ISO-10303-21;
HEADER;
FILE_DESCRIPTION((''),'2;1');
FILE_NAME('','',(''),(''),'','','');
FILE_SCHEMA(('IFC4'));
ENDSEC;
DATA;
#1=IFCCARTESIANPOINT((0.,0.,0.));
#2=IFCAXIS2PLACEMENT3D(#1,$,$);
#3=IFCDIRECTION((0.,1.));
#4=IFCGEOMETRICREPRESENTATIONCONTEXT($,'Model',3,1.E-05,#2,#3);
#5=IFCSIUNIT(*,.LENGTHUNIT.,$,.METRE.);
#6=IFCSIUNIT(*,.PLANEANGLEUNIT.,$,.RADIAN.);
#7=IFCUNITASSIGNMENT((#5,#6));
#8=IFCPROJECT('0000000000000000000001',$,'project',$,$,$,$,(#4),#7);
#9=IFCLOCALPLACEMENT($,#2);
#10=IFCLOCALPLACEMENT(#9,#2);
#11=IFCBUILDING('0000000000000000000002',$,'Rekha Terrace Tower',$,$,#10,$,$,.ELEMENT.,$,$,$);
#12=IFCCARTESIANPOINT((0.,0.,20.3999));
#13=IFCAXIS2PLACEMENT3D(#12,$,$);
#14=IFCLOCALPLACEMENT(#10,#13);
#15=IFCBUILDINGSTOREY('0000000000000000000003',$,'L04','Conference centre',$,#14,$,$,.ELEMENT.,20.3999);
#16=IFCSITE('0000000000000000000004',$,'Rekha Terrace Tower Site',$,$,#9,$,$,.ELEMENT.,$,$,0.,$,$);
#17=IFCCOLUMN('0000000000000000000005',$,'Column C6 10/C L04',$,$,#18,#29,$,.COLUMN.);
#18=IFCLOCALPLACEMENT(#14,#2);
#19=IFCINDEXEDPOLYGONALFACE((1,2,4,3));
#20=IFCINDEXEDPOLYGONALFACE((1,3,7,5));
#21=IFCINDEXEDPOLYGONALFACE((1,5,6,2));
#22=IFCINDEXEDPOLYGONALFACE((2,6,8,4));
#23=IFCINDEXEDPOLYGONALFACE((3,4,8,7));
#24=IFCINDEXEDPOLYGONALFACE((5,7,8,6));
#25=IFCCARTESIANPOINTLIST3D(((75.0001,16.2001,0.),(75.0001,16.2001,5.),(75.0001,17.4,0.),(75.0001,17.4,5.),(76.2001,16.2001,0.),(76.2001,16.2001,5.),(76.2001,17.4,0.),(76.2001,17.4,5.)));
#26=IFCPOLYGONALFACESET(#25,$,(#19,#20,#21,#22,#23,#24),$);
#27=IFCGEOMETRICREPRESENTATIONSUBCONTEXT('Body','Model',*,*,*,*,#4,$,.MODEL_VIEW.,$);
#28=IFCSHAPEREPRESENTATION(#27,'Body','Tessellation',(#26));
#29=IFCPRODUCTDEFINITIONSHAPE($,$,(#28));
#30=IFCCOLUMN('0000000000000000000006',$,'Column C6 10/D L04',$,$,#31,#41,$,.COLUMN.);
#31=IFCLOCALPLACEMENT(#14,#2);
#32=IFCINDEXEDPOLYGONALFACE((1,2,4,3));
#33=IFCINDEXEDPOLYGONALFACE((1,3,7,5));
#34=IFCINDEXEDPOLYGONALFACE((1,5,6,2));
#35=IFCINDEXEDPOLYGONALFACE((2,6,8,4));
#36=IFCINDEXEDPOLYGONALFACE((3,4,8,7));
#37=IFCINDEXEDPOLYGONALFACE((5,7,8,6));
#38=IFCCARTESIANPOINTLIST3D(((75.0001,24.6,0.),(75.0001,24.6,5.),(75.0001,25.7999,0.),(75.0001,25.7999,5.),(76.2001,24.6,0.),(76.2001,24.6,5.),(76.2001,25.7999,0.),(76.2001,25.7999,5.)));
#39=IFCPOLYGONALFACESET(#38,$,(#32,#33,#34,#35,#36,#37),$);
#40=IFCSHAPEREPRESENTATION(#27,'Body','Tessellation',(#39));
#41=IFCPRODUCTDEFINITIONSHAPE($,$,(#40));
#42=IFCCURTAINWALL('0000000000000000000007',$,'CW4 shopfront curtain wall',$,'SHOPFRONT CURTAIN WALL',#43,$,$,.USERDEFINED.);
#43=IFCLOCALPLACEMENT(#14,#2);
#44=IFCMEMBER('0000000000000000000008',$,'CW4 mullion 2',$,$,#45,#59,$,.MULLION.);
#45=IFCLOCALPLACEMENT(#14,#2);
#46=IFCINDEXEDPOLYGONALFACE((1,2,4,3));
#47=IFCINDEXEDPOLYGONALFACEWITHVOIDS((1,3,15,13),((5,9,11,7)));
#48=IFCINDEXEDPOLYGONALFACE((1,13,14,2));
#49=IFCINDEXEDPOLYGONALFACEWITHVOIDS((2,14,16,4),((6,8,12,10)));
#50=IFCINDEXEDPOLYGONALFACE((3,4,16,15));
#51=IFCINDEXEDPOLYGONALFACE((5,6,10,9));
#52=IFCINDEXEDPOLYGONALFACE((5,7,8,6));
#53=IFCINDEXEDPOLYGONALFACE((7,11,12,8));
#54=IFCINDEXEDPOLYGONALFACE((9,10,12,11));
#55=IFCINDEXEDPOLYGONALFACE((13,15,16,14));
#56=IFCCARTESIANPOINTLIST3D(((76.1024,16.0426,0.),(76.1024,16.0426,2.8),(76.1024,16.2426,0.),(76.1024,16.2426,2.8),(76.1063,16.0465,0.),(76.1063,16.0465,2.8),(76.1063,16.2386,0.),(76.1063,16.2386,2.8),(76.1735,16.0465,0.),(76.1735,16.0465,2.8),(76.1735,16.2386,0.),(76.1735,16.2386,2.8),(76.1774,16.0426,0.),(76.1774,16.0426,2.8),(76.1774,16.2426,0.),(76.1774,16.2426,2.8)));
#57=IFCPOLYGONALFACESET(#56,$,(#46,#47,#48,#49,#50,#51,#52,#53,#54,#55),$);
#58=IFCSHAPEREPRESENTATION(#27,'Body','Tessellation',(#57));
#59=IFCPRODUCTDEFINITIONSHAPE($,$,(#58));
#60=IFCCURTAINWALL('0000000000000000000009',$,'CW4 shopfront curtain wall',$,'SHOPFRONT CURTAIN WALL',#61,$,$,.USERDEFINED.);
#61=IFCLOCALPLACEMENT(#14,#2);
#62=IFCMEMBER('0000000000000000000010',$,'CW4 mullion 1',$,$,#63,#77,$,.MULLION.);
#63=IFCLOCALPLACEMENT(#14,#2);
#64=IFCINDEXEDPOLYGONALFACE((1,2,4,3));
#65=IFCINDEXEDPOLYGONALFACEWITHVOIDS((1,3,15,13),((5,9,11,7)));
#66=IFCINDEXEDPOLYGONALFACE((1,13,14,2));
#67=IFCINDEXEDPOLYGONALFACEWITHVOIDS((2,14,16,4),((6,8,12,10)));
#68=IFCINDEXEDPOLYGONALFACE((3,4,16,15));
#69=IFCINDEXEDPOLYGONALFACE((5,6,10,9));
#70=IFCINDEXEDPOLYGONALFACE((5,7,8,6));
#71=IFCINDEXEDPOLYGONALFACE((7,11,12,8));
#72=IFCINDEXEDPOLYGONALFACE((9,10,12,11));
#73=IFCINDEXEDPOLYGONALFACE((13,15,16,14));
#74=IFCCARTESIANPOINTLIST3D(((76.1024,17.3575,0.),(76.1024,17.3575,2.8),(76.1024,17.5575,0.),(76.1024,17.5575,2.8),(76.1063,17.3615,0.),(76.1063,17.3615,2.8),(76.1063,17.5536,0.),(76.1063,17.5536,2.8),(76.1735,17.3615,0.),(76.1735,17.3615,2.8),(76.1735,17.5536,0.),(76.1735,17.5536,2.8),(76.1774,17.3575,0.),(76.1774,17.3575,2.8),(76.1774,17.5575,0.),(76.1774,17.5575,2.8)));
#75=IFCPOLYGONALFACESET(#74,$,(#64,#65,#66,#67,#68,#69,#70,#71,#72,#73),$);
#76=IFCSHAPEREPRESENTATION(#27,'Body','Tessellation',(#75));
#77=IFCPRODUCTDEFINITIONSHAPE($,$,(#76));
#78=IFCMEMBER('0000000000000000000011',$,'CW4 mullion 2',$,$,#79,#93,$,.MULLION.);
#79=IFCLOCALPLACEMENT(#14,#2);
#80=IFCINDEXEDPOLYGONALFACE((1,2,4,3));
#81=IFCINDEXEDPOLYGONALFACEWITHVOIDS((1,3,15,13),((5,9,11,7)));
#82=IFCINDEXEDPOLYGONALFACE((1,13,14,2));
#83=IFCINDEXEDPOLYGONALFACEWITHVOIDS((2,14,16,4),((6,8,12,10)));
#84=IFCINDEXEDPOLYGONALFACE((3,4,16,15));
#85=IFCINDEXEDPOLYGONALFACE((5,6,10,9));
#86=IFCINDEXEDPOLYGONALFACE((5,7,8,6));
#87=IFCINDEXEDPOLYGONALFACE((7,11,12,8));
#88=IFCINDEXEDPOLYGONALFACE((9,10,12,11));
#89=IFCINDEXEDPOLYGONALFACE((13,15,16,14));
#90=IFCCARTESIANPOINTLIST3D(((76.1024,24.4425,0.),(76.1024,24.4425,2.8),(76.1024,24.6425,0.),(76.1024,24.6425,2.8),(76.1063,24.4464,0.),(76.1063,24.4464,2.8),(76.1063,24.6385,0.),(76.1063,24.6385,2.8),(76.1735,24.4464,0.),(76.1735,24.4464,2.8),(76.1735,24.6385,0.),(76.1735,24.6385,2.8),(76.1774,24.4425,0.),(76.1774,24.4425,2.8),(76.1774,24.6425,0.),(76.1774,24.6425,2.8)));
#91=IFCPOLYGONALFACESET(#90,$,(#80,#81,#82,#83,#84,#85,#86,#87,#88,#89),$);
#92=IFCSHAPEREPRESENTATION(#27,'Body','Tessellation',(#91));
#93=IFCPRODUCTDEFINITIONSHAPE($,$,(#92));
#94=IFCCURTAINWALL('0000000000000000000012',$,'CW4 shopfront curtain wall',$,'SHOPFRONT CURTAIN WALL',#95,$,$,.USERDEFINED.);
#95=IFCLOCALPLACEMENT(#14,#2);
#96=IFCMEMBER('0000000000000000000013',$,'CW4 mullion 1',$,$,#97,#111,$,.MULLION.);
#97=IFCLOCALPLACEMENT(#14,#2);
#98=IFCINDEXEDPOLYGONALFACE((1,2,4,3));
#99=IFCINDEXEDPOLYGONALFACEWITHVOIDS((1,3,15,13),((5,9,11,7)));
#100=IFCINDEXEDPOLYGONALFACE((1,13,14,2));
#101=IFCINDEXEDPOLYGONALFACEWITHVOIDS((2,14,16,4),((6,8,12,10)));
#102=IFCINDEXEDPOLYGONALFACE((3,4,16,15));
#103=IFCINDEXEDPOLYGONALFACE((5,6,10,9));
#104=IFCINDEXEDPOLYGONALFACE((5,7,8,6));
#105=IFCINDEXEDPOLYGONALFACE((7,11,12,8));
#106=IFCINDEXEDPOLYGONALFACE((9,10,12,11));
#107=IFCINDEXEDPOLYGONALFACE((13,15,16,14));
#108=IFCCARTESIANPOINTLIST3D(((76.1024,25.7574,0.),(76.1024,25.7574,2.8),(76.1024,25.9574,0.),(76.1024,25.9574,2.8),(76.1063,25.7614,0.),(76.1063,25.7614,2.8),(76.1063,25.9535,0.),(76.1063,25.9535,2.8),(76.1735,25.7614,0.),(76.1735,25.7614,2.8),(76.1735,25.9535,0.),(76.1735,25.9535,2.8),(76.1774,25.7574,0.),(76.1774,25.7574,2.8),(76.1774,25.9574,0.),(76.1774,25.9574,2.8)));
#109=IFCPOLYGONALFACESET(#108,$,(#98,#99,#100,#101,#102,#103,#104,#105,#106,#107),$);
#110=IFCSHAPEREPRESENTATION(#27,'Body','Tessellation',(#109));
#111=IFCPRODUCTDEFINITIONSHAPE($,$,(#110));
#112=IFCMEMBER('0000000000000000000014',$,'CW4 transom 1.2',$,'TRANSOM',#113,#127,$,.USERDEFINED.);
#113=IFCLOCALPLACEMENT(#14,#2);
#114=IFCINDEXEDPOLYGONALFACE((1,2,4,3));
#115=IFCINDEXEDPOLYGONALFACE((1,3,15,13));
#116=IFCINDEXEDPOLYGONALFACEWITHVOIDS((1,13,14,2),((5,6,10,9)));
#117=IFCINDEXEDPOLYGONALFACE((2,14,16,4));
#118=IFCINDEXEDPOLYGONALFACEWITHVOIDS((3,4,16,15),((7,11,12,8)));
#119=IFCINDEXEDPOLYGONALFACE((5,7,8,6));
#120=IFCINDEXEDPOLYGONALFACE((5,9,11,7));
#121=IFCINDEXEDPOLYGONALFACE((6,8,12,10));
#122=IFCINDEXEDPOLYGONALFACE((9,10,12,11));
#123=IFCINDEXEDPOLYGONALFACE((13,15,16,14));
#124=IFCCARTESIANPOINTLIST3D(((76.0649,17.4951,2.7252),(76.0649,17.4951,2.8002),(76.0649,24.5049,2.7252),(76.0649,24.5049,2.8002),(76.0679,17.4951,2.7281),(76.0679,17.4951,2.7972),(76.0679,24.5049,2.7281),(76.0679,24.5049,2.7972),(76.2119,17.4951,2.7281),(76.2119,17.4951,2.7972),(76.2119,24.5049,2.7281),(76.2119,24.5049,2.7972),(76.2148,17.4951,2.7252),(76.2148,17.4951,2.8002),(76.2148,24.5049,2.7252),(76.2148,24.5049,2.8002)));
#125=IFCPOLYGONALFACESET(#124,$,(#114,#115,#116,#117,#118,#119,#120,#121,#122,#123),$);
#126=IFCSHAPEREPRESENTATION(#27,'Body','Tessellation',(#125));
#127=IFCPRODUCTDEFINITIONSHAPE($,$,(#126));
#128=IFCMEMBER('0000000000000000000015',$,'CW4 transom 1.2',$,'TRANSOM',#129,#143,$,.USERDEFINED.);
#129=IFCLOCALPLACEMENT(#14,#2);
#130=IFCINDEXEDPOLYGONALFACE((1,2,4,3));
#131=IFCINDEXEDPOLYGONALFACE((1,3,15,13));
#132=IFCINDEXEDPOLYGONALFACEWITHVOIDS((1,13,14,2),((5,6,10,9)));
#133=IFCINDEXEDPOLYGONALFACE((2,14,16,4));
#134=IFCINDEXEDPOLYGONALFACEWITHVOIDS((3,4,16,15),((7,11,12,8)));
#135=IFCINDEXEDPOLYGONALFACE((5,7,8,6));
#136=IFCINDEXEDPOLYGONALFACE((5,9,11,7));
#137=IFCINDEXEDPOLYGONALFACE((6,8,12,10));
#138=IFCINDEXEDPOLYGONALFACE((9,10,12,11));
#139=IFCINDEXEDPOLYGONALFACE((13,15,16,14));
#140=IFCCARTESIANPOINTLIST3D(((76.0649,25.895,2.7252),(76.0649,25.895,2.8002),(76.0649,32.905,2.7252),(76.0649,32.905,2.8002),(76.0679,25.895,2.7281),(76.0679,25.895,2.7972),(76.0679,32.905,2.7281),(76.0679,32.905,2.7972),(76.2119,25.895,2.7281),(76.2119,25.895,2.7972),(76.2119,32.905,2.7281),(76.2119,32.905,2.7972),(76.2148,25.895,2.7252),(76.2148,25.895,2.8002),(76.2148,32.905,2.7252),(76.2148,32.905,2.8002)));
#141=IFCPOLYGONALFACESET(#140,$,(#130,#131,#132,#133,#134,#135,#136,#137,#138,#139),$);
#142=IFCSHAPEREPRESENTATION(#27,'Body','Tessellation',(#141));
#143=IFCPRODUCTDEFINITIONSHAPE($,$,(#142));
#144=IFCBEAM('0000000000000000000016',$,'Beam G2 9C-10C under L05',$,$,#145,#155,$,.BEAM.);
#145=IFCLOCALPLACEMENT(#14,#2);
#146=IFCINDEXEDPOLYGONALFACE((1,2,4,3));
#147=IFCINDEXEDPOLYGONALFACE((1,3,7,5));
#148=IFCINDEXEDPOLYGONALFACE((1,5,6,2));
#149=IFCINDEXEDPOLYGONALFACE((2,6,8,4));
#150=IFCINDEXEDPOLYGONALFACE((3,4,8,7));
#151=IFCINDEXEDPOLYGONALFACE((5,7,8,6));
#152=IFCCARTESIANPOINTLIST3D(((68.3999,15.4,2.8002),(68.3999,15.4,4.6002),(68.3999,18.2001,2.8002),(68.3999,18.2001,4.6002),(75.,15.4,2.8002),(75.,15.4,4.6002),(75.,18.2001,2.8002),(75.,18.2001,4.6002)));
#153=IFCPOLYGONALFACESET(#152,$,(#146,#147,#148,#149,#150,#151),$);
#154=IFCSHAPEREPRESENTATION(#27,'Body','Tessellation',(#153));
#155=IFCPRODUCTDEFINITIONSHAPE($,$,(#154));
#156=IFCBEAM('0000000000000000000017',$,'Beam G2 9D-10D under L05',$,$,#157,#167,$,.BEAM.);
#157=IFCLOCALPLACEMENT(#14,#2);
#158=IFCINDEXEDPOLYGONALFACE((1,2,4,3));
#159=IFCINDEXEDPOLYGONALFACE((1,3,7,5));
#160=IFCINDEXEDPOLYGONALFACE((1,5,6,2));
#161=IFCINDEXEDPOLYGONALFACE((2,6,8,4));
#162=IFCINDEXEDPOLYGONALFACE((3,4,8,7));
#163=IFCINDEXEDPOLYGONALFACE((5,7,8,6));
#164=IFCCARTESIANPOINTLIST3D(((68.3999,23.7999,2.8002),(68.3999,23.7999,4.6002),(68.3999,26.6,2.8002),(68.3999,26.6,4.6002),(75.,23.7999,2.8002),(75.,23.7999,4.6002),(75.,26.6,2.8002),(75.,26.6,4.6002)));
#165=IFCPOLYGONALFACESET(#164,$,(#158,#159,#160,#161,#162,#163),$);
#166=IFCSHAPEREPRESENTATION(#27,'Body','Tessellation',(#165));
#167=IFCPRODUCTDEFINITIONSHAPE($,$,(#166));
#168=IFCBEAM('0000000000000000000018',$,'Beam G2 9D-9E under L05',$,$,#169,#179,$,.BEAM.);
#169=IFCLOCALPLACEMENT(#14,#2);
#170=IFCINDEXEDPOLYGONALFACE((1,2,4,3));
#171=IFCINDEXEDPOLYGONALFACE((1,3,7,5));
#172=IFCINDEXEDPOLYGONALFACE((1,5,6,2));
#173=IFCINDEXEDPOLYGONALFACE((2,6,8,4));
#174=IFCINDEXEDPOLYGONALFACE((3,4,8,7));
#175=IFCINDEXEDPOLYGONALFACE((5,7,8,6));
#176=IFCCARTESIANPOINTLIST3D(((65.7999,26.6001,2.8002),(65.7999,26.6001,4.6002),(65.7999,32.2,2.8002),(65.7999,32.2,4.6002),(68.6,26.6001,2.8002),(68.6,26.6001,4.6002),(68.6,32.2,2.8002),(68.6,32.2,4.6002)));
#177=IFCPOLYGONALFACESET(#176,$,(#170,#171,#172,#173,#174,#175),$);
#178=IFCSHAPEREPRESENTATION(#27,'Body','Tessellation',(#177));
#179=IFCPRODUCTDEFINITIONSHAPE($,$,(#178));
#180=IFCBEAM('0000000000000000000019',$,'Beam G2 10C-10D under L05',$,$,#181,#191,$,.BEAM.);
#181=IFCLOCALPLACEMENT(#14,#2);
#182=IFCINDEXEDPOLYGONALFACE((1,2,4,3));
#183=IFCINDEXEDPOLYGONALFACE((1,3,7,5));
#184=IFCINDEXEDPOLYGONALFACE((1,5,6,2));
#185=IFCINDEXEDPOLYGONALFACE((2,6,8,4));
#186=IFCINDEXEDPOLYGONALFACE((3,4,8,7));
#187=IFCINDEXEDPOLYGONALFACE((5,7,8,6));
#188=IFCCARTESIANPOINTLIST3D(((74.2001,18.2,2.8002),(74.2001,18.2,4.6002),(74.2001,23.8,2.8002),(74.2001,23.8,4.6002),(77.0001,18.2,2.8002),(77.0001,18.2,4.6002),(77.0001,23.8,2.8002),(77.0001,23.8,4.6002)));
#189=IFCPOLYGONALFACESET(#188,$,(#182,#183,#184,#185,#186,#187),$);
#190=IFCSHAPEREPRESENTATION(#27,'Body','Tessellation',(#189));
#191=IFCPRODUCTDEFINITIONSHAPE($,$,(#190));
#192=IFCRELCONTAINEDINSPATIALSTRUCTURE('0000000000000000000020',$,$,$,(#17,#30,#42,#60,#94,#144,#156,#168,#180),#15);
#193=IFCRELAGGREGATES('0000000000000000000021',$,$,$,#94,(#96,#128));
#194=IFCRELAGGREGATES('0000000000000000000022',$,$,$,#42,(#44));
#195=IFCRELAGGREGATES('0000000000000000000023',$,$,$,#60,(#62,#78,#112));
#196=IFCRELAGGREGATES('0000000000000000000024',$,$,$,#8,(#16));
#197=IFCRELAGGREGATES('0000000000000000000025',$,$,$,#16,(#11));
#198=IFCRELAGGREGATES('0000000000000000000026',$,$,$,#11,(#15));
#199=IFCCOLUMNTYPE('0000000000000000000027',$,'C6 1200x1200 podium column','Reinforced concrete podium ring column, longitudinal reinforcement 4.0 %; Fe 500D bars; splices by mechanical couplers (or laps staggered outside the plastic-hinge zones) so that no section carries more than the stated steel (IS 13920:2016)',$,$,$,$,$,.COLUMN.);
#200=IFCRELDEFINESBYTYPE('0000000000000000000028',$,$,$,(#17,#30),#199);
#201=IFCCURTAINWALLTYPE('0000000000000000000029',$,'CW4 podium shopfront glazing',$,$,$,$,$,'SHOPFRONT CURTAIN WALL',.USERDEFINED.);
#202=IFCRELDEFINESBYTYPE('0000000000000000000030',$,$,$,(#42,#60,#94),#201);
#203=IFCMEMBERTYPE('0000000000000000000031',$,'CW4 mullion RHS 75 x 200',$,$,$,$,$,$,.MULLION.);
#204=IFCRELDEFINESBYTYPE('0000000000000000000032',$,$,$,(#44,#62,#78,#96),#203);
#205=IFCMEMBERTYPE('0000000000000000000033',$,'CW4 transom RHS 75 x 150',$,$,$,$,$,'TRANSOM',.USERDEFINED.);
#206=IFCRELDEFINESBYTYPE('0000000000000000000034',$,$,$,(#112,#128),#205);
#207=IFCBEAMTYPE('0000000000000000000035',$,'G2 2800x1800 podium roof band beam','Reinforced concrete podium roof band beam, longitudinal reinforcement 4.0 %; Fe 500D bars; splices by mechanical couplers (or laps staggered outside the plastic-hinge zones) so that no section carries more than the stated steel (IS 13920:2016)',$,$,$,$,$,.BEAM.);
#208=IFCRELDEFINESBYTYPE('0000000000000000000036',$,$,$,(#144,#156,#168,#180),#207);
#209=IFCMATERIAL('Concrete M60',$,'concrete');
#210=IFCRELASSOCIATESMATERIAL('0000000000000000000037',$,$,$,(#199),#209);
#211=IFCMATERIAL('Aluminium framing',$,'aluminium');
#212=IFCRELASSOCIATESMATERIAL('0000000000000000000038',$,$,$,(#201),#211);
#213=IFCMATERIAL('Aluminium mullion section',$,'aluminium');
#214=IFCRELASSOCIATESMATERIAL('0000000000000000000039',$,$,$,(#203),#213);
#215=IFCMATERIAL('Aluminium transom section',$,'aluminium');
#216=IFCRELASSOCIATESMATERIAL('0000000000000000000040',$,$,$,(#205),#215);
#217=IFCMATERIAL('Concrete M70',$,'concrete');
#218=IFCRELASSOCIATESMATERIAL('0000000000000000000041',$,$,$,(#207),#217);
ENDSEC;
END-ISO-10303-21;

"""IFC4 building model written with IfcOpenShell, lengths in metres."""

from ifc_helpers import new_model, si_unit, direction, frame, origin, origin_2d, place, context, subcontext, project, spatial, rectangle, hollow_rectangle, extrude, material, material_profile, profile_set, type_object, element, aggregate, save


model = new_model("IFC4")

# Units and contexts
model_context = context("Model", 3, precision=1e-05, world=origin(), true_north=direction((0.0, 1.0)))
body_context = subcontext(model_context, "Body", "Model", "MODEL_VIEW")
ifc_project = project(units=[si_unit("LENGTHUNIT", "METRE"), si_unit("PLANEANGLEUNIT", "RADIAN")], contexts=[model_context])

# Site, building, storey
site_placement = place(None, origin())
site = spatial("IfcSite", under=ifc_project, at=site_placement, Name="Rekha Terrace Tower Site", CompositionType="ELEMENT", RefElevation=0.0)
building_placement = place(site_placement, origin())
building = spatial("IfcBuilding", under=site, at=building_placement, Name="Rekha Terrace Tower", CompositionType="ELEMENT")
storey_placement = place(building_placement, frame((0.0, 0.0, 20.3999)))
storey = spatial("IfcBuildingStorey", under=building, at=storey_placement, Name="L04", Description="Conference centre", CompositionType="ELEMENT", Elevation=20.3999)

# Columns
ifc_material_1 = material(Name="Concrete M60", Category="concrete")
ifc_material_profile_1 = material_profile(ifc_material_1, rectangle(XDim=1.2, YDim=1.2, at=origin_2d()), Name="RC 1200x1200")
ifc_profile_set_1 = profile_set([ifc_material_profile_1], Name="Concrete M60")
column_type = type_object("IfcColumnType", Name="C6 1200x1200 podium column", Description="Reinforced concrete podium ring column, longitudinal reinforcement 4.0 %; Fe 500D bars; splices by mechanical couplers (or laps staggered outside the plastic-hinge zones) so that no section carries more than the stated steel (IS 13920:2016)", PredefinedType="COLUMN", material=ifc_profile_set_1)
for number, where, z_axis, x_axis, name in (
    (1, (75.6001, 16.8, 0.0), (0.0, 0.0, 1.0), (1.0, 0.0, 0.0), "Column C6 10/C L04"),
    (2, (75.6001, 25.2, 0.0), (0.0, 0.0, 1.0), (1.0, 0.0, 0.0), "Column C6 10/D L04"),
):
    element("IfcColumn", number, at=place(storey_placement, frame(where, z_axis=z_axis, x_axis=x_axis)), inside=storey, type_object=column_type, Name=name, PredefinedType="COLUMN", context=body_context, shape_type="SweptSolid", body=[
        extrude(rectangle(XDim=1.2, YDim=1.2, at=origin_2d()), origin(), (0.0, 0.0, 1.0), 5.0),
    ])

# Curtain wall, member
ifc_material_2 = material(Name="Aluminium framing", Category="aluminium")
curtain_wall_type = type_object("IfcCurtainWallType", Name="CW4 podium shopfront glazing", ElementType="SHOPFRONT CURTAIN WALL", PredefinedType="USERDEFINED", material=ifc_material_2)
curtain_wall_1_placement = place(storey_placement, origin())
curtain_wall_1 = element("IfcCurtainWall", 3, at=curtain_wall_1_placement, inside=storey, type_object=curtain_wall_type, Name="CW4 shopfront curtain wall", ObjectType="SHOPFRONT CURTAIN WALL", PredefinedType="USERDEFINED")
ifc_material_3 = material(Name="Aluminium mullion section", Category="aluminium")
ifc_material_profile_2 = material_profile(ifc_material_3, hollow_rectangle(XDim=0.075, YDim=0.2, WallThickness=0.0039, at=origin_2d()), Name="AL RHS 75x200")
ifc_profile_set_2 = profile_set([ifc_material_profile_2], Name="Aluminium mullion section")
member_type_1 = type_object("IfcMemberType", Name="CW4 mullion RHS 75 x 200", PredefinedType="MULLION", material=ifc_profile_set_2)
member_1_placement = place(storey_placement, frame((76.1399, 16.1426, 0.0), z_axis=(0.0, 0.0, 1.0), x_axis=(-1.0, 0.0, 0.0)))
member_1 = element("IfcMember", 4, at=member_1_placement, type_object=member_type_1, Name="CW4 mullion 2", PredefinedType="MULLION", context=body_context, shape_type="SweptSolid", body=[
    extrude(hollow_rectangle(XDim=0.075, YDim=0.2, WallThickness=0.0039, at=origin_2d()), origin(), (0.0, 0.0, 1.0), 2.8),
])

# Curtain wall, members
curtain_wall_2_placement = place(storey_placement, origin())
curtain_wall_2 = element("IfcCurtainWall", 5, at=curtain_wall_2_placement, inside=storey, type_object=curtain_wall_type, Name="CW4 shopfront curtain wall", ObjectType="SHOPFRONT CURTAIN WALL", PredefinedType="USERDEFINED")
member_2_placement = place(storey_placement, frame((76.1399, 17.4575, 0.0), z_axis=(0.0, 0.0, 1.0), x_axis=(-1.0, 0.0, 0.0)))
member_2 = element("IfcMember", 6, at=member_2_placement, type_object=member_type_1, Name="CW4 mullion 1", PredefinedType="MULLION", context=body_context, shape_type="SweptSolid", body=[
    extrude(hollow_rectangle(XDim=0.075, YDim=0.2, WallThickness=0.0039, at=origin_2d()), origin(), (0.0, 0.0, 1.0), 2.8),
])
member_3_placement = place(storey_placement, frame((76.1399, 24.5425, 0.0), z_axis=(0.0, 0.0, 1.0), x_axis=(-1.0, 0.0, 0.0)))
member_3 = element("IfcMember", 7, at=member_3_placement, type_object=member_type_1, Name="CW4 mullion 2", PredefinedType="MULLION", context=body_context, shape_type="SweptSolid", body=[
    extrude(hollow_rectangle(XDim=0.075, YDim=0.2, WallThickness=0.0039, at=origin_2d()), origin(), (0.0, 0.0, 1.0), 2.8),
])

# Curtain wall, member
curtain_wall_3_placement = place(storey_placement, origin())
curtain_wall_3 = element("IfcCurtainWall", 8, at=curtain_wall_3_placement, inside=storey, type_object=curtain_wall_type, Name="CW4 shopfront curtain wall", ObjectType="SHOPFRONT CURTAIN WALL", PredefinedType="USERDEFINED")
member_4_placement = place(storey_placement, frame((76.1399, 25.8574, 0.0), z_axis=(0.0, 0.0, 1.0), x_axis=(-1.0, 0.0, 0.0)))
member_4 = element("IfcMember", 9, at=member_4_placement, type_object=member_type_1, Name="CW4 mullion 1", PredefinedType="MULLION", context=body_context, shape_type="SweptSolid", body=[
    extrude(hollow_rectangle(XDim=0.075, YDim=0.2, WallThickness=0.0039, at=origin_2d()), origin(), (0.0, 0.0, 1.0), 2.8),
])

# Members
ifc_material_4 = material(Name="Aluminium transom section", Category="aluminium")
ifc_material_profile_3 = material_profile(ifc_material_4, hollow_rectangle(XDim=0.1499, YDim=0.075, WallThickness=0.0029, at=origin_2d()), Name="AL RHS 150x75")
ifc_profile_set_3 = profile_set([ifc_material_profile_3], Name="Aluminium transom section")
member_type_2 = type_object("IfcMemberType", Name="CW4 transom RHS 75 x 150", ElementType="TRANSOM", PredefinedType="USERDEFINED", material=ifc_profile_set_3)
member_5_placement = place(storey_placement, frame((76.1399, 17.4951, 2.7627), z_axis=(0.0, 1.0, 0.0), x_axis=(-1.0, 0.0, 0.0)))
member_5 = element("IfcMember", 10, at=member_5_placement, type_object=member_type_2, Name="CW4 transom 1.2", ObjectType="TRANSOM", PredefinedType="USERDEFINED", context=body_context, shape_type="SweptSolid", body=[
    extrude(hollow_rectangle(XDim=0.1499, YDim=0.075, WallThickness=0.0029, at=origin_2d()), origin(), (0.0, 0.0, 1.0), 7.0098),
])
member_6_placement = place(storey_placement, frame((76.1399, 25.895, 2.7627), z_axis=(0.0, 1.0, 0.0), x_axis=(-1.0, 0.0, 0.0)))
member_6 = element("IfcMember", 11, at=member_6_placement, type_object=member_type_2, Name="CW4 transom 1.2", ObjectType="TRANSOM", PredefinedType="USERDEFINED", context=body_context, shape_type="SweptSolid", body=[
    extrude(hollow_rectangle(XDim=0.1499, YDim=0.075, WallThickness=0.0029, at=origin_2d()), origin(), (0.0, 0.0, 1.0), 7.01),
])
aggregate(curtain_wall_3, [member_4, member_6])

# Beams
ifc_material_5 = material(Name="Concrete M70", Category="concrete")
ifc_material_profile_4 = material_profile(ifc_material_5, rectangle(XDim=2.8, YDim=1.8, at=origin_2d()), Name="RC 2800x1800")
ifc_profile_set_4 = profile_set([ifc_material_profile_4], Name="Concrete M70")
beam_type = type_object("IfcBeamType", Name="G2 2800x1800 podium roof band beam", Description="Reinforced concrete podium roof band beam, longitudinal reinforcement 4.0 %; Fe 500D bars; splices by mechanical couplers (or laps staggered outside the plastic-hinge zones) so that no section carries more than the stated steel (IS 13920:2016)", PredefinedType="BEAM", material=ifc_profile_set_4)
for number, where, z_axis, x_axis, name in (
    (12, (68.3999, 16.8, 3.7002), (1.0, 0.0, 0.0), (0.0, 1.0, 0.0), "Beam G2 9C-10C under L05"),
    (13, (68.3999, 25.2, 3.7002), (1.0, 0.0, 0.0), (0.0, 1.0, 0.0), "Beam G2 9D-10D under L05"),
):
    element("IfcBeam", number, at=place(storey_placement, frame(where, z_axis=z_axis, x_axis=x_axis)), inside=storey, type_object=beam_type, Name=name, PredefinedType="BEAM", context=body_context, shape_type="SweptSolid", body=[
        extrude(rectangle(XDim=2.8, YDim=1.8, at=origin_2d()), origin(), (0.0, 0.0, 1.0), 6.6001),
    ])
beam_1_placement = place(storey_placement, frame((67.2, 26.6001, 3.7002), z_axis=(0.0, 1.0, 0.0), x_axis=(-1.0, 0.0, 0.0)))
element("IfcBeam", 14, at=beam_1_placement, inside=storey, type_object=beam_type, Name="Beam G2 9D-9E under L05", PredefinedType="BEAM", context=body_context, shape_type="SweptSolid", body=[
    extrude(rectangle(XDim=2.8, YDim=1.8, at=origin_2d()), origin(), (0.0, 0.0, 1.0), 5.5999),
])
beam_2_placement = place(storey_placement, frame((75.6001, 18.2, 3.7002), z_axis=(0.0, 1.0, 0.0), x_axis=(-1.0, 0.0, 0.0)))
element("IfcBeam", 15, at=beam_2_placement, inside=storey, type_object=beam_type, Name="Beam G2 10C-10D under L05", PredefinedType="BEAM", context=body_context, shape_type="SweptSolid", body=[
    extrude(rectangle(XDim=2.8, YDim=1.8, at=origin_2d()), origin(), (0.0, 0.0, 1.0), 5.6001),
])

aggregate(curtain_wall_1, [member_1])
aggregate(curtain_wall_2, [member_2, member_3, member_5])

save(model, "model.ifc")
